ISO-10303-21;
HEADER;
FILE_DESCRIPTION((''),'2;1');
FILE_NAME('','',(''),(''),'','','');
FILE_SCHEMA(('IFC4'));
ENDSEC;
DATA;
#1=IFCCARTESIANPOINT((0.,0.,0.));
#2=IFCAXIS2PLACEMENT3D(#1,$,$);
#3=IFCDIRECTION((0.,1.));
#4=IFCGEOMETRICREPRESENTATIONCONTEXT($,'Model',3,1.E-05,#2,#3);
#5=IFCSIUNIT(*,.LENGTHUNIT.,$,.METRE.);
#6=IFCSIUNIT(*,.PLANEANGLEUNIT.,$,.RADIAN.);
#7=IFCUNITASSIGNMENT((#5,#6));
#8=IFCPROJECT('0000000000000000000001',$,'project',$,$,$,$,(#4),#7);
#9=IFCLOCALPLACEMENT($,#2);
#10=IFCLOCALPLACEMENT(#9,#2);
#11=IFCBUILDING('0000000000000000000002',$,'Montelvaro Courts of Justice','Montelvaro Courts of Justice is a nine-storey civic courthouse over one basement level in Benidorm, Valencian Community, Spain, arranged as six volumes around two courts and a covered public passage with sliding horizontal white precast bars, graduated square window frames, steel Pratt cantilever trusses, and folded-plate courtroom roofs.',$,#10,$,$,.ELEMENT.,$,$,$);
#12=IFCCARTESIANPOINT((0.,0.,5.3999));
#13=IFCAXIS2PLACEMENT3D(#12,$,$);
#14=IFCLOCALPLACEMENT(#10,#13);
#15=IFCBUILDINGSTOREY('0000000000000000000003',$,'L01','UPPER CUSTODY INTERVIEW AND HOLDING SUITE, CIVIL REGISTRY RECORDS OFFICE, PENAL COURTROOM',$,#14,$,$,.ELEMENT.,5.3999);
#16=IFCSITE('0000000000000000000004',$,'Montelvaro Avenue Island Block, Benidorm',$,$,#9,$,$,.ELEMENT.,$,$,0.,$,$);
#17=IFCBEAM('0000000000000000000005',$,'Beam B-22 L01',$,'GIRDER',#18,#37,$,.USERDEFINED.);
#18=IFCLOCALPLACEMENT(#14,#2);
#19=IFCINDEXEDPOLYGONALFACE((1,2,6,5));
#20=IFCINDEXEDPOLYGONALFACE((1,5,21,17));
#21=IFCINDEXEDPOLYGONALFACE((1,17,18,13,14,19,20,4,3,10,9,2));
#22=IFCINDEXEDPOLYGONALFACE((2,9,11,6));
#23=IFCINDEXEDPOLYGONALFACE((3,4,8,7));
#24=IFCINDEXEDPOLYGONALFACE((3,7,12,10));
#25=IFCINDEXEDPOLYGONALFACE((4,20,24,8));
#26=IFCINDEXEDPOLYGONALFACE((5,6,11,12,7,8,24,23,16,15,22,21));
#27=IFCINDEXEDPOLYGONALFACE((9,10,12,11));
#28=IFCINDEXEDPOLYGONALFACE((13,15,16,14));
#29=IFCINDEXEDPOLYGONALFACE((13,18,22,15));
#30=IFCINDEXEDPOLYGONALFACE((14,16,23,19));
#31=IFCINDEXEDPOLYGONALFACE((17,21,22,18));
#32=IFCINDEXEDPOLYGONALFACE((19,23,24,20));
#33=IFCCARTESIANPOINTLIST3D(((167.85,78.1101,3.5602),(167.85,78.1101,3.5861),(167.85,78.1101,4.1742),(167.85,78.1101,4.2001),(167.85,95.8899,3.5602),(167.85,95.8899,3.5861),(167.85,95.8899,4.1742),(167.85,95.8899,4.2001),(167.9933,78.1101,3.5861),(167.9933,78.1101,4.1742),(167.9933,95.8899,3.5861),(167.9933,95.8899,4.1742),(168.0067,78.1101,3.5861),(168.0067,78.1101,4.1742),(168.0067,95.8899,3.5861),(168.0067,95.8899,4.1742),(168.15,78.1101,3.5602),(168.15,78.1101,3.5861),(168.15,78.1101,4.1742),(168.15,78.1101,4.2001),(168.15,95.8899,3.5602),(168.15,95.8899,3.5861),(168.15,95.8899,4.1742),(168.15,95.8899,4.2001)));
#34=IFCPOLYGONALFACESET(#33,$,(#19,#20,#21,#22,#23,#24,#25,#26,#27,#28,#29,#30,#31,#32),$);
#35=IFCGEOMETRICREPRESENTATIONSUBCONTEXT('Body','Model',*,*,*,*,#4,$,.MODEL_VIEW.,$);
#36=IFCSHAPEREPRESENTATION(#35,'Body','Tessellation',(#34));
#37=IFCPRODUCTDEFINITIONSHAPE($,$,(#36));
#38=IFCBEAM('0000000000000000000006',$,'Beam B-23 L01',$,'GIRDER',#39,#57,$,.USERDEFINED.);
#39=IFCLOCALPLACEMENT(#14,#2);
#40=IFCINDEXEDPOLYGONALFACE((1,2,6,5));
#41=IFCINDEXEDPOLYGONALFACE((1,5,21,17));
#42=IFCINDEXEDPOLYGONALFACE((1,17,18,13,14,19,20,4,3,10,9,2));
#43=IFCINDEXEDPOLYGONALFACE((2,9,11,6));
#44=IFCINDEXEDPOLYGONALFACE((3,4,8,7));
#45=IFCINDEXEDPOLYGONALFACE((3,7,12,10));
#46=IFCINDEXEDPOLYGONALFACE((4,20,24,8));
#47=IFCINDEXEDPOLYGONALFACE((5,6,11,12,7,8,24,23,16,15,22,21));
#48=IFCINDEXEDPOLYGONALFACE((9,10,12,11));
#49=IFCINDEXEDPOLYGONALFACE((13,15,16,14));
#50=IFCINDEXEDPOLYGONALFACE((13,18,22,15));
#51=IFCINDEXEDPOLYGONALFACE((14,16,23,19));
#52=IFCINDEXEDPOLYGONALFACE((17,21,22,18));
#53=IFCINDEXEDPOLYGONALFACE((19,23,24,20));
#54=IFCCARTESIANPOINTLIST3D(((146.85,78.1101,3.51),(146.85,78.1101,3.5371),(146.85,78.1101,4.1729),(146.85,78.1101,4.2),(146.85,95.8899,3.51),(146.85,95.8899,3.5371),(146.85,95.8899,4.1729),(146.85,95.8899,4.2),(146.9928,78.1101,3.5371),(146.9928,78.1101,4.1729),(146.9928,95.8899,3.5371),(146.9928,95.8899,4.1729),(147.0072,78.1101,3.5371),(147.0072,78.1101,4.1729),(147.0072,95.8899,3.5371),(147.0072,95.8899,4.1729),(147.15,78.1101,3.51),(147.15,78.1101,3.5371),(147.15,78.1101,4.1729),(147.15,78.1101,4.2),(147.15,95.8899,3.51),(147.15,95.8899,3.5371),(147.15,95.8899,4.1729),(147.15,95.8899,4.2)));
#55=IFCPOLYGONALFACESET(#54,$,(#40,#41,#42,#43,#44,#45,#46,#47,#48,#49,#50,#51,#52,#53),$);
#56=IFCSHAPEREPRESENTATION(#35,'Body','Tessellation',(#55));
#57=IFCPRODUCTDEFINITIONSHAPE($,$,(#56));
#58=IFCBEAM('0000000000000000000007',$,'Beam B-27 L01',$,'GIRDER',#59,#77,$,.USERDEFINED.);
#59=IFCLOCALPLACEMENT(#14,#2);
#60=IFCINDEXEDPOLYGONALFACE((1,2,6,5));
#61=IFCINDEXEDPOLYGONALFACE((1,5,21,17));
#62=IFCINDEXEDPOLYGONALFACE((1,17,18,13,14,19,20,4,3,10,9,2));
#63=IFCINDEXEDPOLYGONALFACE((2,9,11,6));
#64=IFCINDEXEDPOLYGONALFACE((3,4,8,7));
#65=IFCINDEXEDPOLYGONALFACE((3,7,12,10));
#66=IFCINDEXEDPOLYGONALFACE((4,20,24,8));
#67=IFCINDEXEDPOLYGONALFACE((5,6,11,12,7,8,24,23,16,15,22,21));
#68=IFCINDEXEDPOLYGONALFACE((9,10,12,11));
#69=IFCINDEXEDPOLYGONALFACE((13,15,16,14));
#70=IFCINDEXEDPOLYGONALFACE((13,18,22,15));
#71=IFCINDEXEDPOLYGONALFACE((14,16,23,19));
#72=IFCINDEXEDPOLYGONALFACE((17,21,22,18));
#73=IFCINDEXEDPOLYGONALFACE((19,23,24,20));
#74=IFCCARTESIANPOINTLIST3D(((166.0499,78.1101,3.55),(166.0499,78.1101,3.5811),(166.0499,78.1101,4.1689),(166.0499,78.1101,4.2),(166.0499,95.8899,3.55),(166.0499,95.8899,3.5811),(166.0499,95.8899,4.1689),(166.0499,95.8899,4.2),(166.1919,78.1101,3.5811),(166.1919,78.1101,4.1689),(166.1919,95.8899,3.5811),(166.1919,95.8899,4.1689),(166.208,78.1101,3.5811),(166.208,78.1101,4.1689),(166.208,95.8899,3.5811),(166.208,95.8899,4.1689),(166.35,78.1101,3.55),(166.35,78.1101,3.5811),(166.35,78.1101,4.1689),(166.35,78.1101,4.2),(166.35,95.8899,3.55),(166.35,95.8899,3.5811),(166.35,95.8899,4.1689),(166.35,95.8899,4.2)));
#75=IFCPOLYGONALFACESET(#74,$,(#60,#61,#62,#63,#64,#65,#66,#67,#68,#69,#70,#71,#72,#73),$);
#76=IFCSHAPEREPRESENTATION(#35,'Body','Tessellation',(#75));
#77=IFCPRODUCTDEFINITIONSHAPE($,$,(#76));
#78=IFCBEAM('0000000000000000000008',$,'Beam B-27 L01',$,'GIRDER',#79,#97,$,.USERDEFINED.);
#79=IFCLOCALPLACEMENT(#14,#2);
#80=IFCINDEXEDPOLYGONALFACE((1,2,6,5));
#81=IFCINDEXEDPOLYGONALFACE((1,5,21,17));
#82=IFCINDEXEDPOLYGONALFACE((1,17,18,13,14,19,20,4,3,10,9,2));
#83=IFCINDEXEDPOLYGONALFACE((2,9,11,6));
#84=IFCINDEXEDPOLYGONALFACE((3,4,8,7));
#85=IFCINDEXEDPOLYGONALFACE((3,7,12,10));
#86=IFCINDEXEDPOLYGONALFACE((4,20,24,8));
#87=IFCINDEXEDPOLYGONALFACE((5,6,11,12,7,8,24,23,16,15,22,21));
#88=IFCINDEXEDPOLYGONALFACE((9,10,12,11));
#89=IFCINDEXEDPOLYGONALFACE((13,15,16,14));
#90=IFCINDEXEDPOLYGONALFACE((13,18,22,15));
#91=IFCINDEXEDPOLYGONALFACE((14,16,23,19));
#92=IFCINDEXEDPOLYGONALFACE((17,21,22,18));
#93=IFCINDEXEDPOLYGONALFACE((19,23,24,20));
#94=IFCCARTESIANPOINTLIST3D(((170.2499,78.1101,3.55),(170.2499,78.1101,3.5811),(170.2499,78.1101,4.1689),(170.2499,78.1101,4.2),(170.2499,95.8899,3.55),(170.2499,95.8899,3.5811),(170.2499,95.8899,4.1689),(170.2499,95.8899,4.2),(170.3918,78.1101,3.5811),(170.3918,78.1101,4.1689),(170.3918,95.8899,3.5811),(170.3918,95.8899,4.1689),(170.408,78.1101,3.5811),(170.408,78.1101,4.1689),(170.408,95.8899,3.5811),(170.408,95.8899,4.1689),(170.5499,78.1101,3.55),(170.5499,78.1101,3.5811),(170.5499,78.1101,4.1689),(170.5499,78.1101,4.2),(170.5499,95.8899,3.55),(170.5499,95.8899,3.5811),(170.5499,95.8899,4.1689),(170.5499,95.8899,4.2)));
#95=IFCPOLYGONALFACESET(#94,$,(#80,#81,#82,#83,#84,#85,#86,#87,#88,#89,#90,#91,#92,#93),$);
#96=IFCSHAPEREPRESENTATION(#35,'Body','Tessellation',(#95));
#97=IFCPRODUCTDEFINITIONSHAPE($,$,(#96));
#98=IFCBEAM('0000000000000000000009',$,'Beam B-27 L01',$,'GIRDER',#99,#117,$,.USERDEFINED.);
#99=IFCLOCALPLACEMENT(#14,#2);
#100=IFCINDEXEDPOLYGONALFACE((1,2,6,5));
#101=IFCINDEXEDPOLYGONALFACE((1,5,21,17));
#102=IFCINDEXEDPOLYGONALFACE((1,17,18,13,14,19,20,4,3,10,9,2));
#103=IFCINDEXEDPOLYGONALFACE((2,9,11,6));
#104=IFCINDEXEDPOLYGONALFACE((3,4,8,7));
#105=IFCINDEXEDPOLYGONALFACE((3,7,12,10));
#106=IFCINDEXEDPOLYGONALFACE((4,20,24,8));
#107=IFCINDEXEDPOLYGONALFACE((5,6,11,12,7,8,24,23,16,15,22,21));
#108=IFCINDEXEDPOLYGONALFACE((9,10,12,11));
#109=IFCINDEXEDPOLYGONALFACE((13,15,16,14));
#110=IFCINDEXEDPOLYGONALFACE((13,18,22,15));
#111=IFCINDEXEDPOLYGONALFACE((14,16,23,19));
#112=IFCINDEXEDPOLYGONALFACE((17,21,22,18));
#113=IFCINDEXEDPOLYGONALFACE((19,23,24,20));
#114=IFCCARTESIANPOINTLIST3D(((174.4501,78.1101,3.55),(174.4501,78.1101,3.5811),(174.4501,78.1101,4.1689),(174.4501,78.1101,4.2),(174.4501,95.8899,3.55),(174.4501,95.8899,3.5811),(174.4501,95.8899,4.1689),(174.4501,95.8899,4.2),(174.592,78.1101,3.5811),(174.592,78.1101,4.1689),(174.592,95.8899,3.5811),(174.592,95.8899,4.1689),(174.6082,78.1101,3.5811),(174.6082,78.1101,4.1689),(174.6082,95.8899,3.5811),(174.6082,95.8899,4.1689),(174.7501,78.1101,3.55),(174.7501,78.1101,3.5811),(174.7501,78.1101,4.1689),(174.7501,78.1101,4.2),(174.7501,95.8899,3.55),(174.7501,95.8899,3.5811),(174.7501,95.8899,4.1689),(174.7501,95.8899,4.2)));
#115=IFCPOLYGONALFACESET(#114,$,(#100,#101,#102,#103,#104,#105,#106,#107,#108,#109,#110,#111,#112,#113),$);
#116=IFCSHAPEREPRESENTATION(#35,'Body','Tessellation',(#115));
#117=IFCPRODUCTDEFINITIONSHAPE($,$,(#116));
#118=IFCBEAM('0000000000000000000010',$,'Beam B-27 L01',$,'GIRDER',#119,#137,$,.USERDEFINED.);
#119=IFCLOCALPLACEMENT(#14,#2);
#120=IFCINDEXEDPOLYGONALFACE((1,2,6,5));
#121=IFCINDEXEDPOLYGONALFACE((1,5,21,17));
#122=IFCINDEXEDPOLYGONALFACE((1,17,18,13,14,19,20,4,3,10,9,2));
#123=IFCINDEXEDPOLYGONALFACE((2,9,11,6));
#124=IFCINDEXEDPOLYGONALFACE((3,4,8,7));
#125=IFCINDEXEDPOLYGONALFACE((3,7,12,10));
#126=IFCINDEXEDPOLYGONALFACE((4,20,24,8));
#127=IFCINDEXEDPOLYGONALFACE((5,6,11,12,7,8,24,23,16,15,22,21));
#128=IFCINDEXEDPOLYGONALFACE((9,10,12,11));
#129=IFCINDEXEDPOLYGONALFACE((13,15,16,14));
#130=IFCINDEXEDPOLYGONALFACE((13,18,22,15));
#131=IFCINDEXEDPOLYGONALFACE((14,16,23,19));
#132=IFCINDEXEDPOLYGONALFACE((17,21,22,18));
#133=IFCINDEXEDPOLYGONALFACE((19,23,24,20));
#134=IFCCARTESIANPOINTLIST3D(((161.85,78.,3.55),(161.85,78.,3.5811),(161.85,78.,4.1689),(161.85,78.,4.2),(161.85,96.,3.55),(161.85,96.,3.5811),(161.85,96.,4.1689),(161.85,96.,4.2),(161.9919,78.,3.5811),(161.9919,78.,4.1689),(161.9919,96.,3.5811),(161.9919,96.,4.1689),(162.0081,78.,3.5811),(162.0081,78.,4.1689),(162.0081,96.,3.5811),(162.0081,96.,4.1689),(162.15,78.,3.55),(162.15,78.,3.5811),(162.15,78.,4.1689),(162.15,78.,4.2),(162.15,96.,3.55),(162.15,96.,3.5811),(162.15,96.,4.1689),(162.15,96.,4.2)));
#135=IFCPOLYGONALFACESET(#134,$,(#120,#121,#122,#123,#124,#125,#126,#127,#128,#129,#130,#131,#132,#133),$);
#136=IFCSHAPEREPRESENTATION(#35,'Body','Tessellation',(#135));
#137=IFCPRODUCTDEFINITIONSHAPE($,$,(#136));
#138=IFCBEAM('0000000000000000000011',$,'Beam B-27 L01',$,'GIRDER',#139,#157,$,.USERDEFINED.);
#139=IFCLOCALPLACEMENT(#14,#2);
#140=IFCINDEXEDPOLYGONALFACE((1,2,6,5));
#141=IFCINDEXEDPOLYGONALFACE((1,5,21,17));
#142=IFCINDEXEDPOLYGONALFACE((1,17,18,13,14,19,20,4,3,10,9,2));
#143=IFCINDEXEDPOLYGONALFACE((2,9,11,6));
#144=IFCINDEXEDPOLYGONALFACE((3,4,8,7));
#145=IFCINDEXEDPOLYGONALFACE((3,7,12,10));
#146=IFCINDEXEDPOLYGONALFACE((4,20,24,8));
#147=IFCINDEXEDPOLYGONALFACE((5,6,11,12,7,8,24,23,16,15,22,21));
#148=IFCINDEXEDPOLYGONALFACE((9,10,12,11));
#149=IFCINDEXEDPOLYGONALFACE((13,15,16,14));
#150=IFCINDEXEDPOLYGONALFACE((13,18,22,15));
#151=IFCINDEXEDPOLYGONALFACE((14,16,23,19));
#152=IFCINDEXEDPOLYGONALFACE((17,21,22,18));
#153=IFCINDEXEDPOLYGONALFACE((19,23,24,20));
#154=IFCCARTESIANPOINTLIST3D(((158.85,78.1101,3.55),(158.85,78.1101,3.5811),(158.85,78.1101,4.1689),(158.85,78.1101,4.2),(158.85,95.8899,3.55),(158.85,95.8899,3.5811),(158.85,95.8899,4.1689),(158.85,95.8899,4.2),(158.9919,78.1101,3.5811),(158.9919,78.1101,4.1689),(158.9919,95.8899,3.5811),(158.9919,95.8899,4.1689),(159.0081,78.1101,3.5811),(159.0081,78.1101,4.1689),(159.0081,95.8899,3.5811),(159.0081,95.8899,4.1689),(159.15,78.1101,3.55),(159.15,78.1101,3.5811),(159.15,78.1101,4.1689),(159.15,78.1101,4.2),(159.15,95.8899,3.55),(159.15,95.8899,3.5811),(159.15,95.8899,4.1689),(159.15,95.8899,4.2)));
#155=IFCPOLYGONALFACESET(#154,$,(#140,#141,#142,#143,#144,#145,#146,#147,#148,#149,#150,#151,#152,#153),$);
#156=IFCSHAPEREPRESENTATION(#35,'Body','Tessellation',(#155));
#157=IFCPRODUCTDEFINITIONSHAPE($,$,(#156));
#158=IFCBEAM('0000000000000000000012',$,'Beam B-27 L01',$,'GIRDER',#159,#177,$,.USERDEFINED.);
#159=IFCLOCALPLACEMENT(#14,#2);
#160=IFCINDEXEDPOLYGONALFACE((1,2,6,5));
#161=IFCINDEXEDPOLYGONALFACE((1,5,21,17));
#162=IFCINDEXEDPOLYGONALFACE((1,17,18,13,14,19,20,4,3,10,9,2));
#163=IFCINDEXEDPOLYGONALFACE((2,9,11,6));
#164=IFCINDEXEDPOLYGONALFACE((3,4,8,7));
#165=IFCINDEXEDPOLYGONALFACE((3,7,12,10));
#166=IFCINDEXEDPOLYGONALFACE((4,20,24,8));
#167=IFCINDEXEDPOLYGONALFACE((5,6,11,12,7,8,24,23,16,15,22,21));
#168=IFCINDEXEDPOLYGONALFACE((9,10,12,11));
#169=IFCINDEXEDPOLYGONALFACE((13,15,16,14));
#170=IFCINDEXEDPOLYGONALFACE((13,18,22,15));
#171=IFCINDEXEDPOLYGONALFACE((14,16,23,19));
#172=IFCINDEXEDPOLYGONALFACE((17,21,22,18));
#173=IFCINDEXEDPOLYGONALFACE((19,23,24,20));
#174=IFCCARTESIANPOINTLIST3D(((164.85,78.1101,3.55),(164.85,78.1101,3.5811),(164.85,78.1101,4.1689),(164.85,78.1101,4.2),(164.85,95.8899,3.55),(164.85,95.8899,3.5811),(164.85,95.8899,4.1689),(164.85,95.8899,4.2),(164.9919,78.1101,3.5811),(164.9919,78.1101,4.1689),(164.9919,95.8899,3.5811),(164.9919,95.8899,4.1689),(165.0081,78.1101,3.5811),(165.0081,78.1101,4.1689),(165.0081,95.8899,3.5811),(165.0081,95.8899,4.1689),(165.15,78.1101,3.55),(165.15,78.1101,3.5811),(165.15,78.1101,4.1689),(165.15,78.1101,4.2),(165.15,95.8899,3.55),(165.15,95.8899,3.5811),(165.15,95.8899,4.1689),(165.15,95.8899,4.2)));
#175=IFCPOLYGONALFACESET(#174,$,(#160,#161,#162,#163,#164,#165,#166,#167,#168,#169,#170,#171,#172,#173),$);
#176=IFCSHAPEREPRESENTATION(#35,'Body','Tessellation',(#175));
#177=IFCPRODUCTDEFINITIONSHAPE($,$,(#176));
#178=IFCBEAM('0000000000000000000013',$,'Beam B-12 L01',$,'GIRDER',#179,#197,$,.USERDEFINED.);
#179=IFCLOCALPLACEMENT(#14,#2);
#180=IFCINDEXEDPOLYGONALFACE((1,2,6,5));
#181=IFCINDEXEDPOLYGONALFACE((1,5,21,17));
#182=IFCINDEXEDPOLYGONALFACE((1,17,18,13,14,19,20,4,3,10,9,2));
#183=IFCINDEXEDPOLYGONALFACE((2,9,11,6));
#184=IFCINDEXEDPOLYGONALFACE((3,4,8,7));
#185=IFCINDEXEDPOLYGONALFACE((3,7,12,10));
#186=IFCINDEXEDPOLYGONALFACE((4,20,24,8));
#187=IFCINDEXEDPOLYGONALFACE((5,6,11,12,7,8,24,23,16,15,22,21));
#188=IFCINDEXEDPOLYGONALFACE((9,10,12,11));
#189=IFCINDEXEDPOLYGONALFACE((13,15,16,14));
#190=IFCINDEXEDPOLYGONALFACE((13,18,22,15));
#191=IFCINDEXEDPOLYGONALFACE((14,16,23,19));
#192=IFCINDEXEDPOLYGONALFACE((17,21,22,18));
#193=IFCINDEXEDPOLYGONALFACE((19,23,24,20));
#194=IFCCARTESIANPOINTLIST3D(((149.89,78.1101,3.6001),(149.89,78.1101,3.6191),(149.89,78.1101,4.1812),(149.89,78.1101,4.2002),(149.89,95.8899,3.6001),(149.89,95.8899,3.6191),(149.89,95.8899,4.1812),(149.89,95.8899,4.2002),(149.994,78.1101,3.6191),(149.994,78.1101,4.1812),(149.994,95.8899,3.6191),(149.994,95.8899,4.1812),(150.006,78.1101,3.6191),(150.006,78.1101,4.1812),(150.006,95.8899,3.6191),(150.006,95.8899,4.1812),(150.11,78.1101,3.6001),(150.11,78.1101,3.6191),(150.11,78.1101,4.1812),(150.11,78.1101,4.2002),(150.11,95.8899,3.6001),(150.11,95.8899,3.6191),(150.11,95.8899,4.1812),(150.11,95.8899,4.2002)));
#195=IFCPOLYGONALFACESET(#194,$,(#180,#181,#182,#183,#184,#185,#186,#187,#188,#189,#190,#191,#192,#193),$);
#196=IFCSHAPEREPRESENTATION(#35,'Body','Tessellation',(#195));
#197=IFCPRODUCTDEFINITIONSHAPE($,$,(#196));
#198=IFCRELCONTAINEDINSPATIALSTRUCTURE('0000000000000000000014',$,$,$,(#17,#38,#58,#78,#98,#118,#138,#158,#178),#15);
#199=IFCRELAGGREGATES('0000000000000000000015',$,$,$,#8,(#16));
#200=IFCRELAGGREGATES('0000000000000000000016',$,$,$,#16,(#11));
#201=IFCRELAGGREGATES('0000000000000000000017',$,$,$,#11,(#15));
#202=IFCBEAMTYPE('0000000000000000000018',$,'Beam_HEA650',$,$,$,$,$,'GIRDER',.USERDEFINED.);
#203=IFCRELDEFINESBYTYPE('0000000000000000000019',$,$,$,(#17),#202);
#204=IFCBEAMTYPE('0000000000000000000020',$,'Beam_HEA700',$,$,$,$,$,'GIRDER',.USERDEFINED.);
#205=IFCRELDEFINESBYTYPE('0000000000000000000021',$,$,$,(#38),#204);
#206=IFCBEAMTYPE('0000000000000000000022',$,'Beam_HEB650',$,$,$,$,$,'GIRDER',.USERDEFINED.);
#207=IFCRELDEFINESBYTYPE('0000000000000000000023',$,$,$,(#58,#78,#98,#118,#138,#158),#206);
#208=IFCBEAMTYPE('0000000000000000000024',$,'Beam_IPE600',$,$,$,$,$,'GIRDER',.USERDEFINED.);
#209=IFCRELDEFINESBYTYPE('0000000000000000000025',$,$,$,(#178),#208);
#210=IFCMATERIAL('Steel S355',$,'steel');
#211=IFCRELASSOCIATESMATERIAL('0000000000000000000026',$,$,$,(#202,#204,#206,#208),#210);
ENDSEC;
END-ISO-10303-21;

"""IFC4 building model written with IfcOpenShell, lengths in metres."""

from ifc_helpers import new_model, si_unit, direction, frame, origin, origin_2d, place, context, subcontext, project, spatial, i_section, extrude, material, material_profile, profile_set, type_object, element, save


model = new_model("IFC4")

# Units and contexts
model_context = context("Model", 3, precision=1e-05, world=origin(), true_north=direction((0.0, 1.0)))
body_context = subcontext(model_context, "Body", "Model", "MODEL_VIEW")
ifc_project = project(units=[si_unit("LENGTHUNIT", "METRE"), si_unit("PLANEANGLEUNIT", "RADIAN")], contexts=[model_context])

# Site, building, storey
site_placement = place(None, origin())
site = spatial("IfcSite", under=ifc_project, at=site_placement, Name="Montelvaro Avenue Island Block, Benidorm", CompositionType="ELEMENT", RefElevation=0.0)
building_placement = place(site_placement, origin())
building = spatial("IfcBuilding", under=site, at=building_placement, Name="Montelvaro Courts of Justice", Description="Montelvaro Courts of Justice is a nine-storey civic courthouse over one basement level in Benidorm, Valencian Community, Spain, arranged as six volumes around two courts and a covered public passage with sliding horizontal white precast bars, graduated square window frames, steel Pratt cantilever trusses, and folded-plate courtroom roofs.", CompositionType="ELEMENT")
storey_placement = place(building_placement, frame((0.0, 0.0, 5.3999)))
storey = spatial("IfcBuildingStorey", under=building, at=storey_placement, Name="L01", Description="UPPER CUSTODY INTERVIEW AND HOLDING SUITE, CIVIL REGISTRY RECORDS OFFICE, PENAL COURTROOM", CompositionType="ELEMENT", Elevation=5.3999)

# Beams
ifc_material_1 = material(Name="Steel S355", Category="steel")
ifc_material_profile_1 = material_profile(ifc_material_1, i_section(OverallWidth=0.3, OverallDepth=0.6399, WebThickness=0.0134, FlangeThickness=0.0259, at=origin_2d()), Name="HEA 650")
ifc_profile_set_1 = profile_set([ifc_material_profile_1], Name="Steel S355")
beam_type_1 = type_object("IfcBeamType", Name="Beam_HEA650", ElementType="GIRDER", PredefinedType="USERDEFINED", material=ifc_profile_set_1)
beam_1_placement = place(storey_placement, frame((168.0, 78.1101, 3.8801), z_axis=(0.0, 1.0, 0.0), x_axis=(-1.0, 0.0, 0.0)))
element("IfcBeam", 1, at=beam_1_placement, inside=storey, type_object=beam_type_1, Name="Beam B-22 L01", ObjectType="GIRDER", PredefinedType="USERDEFINED", context=body_context, shape_type="SweptSolid", body=[
    extrude(i_section(OverallWidth=0.3, OverallDepth=0.6399, WebThickness=0.0134, FlangeThickness=0.0259, at=origin_2d()), origin(), (0.0, 0.0, 1.0), 17.7798),
])
ifc_material_profile_2 = material_profile(ifc_material_1, i_section(OverallWidth=0.3, OverallDepth=0.6899, WebThickness=0.0144, FlangeThickness=0.0271, at=origin_2d()), Name="HEA 700")
ifc_profile_set_2 = profile_set([ifc_material_profile_2], Name="Steel S355")
beam_type_2 = type_object("IfcBeamType", Name="Beam_HEA700", ElementType="GIRDER", PredefinedType="USERDEFINED", material=ifc_profile_set_2)
beam_2_placement = place(storey_placement, frame((147.0, 78.1101, 3.855), z_axis=(0.0, 1.0, 0.0), x_axis=(-1.0, 0.0, 0.0)))
element("IfcBeam", 2, at=beam_2_placement, inside=storey, type_object=beam_type_2, Name="Beam B-23 L01", ObjectType="GIRDER", PredefinedType="USERDEFINED", context=body_context, shape_type="SweptSolid", body=[
    extrude(i_section(OverallWidth=0.3, OverallDepth=0.6899, WebThickness=0.0144, FlangeThickness=0.0271, at=origin_2d()), origin(), (0.0, 0.0, 1.0), 17.7798),
])
ifc_material_profile_3 = material_profile(ifc_material_1, i_section(OverallWidth=0.3, OverallDepth=0.6499, WebThickness=0.0161, FlangeThickness=0.031, at=origin_2d()), Name="HEB 650")
ifc_profile_set_3 = profile_set([ifc_material_profile_3], Name="Steel S355")
beam_type_3 = type_object("IfcBeamType", Name="Beam_HEB650", ElementType="GIRDER", PredefinedType="USERDEFINED", material=ifc_profile_set_3)
for number, where, z_axis, x_axis, name in (
    (3, (166.2, 78.1101, 3.875), (0.0, 1.0, 0.0), (-1.0, 0.0, 0.0), "Beam B-27 L01"),
    (4, (170.3999, 78.1101, 3.875), (0.0, 1.0, 0.0), (-1.0, 0.0, 0.0), "Beam B-27 L01"),
    (5, (174.6001, 78.1101, 3.875), (0.0, 1.0, 0.0), (-1.0, 0.0, 0.0), "Beam B-27 L01"),
):
    element("IfcBeam", number, at=place(storey_placement, frame(where, z_axis=z_axis, x_axis=x_axis)), inside=storey, type_object=beam_type_3, Name=name, ObjectType="GIRDER", PredefinedType="USERDEFINED", context=body_context, shape_type="SweptSolid", body=[
        extrude(i_section(OverallWidth=0.3, OverallDepth=0.6499, WebThickness=0.0161, FlangeThickness=0.031, at=origin_2d()), origin(), (0.0, 0.0, 1.0), 17.7798),
    ])
beam_3_placement = place(storey_placement, frame((162.0, 78.0, 3.875), z_axis=(0.0, 1.0, 0.0), x_axis=(-1.0, 0.0, 0.0)))
element("IfcBeam", 6, at=beam_3_placement, inside=storey, type_object=beam_type_3, Name="Beam B-27 L01", ObjectType="GIRDER", PredefinedType="USERDEFINED", context=body_context, shape_type="SweptSolid", body=[
    extrude(i_section(OverallWidth=0.3, OverallDepth=0.6499, WebThickness=0.0161, FlangeThickness=0.031, at=origin_2d()), origin(), (0.0, 0.0, 1.0), 18.0),
])
for number, where, z_axis, x_axis, name in (
    (7, (159.0, 78.1101, 3.875), (0.0, 1.0, 0.0), (-1.0, 0.0, 0.0), "Beam B-27 L01"),
    (8, (165.0, 78.1101, 3.875), (0.0, 1.0, 0.0), (-1.0, 0.0, 0.0), "Beam B-27 L01"),
):
    element("IfcBeam", number, at=place(storey_placement, frame(where, z_axis=z_axis, x_axis=x_axis)), inside=storey, type_object=beam_type_3, Name=name, ObjectType="GIRDER", PredefinedType="USERDEFINED", context=body_context, shape_type="SweptSolid", body=[
        extrude(i_section(OverallWidth=0.3, OverallDepth=0.6499, WebThickness=0.0161, FlangeThickness=0.031, at=origin_2d()), origin(), (0.0, 0.0, 1.0), 17.7798),
    ])
ifc_material_profile_4 = material_profile(ifc_material_1, i_section(OverallWidth=0.22, OverallDepth=0.6001, WebThickness=0.012, FlangeThickness=0.019, at=origin_2d()), Name="IPE 600")
ifc_profile_set_4 = profile_set([ifc_material_profile_4], Name="Steel S355")
beam_type_4 = type_object("IfcBeamType", Name="Beam_IPE600", ElementType="GIRDER", PredefinedType="USERDEFINED", material=ifc_profile_set_4)
beam_4_placement = place(storey_placement, frame((150.0, 78.1101, 3.9001), z_axis=(0.0, 1.0, 0.0), x_axis=(-1.0, 0.0, 0.0)))
element("IfcBeam", 9, at=beam_4_placement, inside=storey, type_object=beam_type_4, Name="Beam B-12 L01", ObjectType="GIRDER", PredefinedType="USERDEFINED", context=body_context, shape_type="SweptSolid", body=[
    extrude(i_section(OverallWidth=0.22, OverallDepth=0.6001, WebThickness=0.012, FlangeThickness=0.019, at=origin_2d()), origin(), (0.0, 0.0, 1.0), 17.7798),
])

save(model, "model.ifc")
